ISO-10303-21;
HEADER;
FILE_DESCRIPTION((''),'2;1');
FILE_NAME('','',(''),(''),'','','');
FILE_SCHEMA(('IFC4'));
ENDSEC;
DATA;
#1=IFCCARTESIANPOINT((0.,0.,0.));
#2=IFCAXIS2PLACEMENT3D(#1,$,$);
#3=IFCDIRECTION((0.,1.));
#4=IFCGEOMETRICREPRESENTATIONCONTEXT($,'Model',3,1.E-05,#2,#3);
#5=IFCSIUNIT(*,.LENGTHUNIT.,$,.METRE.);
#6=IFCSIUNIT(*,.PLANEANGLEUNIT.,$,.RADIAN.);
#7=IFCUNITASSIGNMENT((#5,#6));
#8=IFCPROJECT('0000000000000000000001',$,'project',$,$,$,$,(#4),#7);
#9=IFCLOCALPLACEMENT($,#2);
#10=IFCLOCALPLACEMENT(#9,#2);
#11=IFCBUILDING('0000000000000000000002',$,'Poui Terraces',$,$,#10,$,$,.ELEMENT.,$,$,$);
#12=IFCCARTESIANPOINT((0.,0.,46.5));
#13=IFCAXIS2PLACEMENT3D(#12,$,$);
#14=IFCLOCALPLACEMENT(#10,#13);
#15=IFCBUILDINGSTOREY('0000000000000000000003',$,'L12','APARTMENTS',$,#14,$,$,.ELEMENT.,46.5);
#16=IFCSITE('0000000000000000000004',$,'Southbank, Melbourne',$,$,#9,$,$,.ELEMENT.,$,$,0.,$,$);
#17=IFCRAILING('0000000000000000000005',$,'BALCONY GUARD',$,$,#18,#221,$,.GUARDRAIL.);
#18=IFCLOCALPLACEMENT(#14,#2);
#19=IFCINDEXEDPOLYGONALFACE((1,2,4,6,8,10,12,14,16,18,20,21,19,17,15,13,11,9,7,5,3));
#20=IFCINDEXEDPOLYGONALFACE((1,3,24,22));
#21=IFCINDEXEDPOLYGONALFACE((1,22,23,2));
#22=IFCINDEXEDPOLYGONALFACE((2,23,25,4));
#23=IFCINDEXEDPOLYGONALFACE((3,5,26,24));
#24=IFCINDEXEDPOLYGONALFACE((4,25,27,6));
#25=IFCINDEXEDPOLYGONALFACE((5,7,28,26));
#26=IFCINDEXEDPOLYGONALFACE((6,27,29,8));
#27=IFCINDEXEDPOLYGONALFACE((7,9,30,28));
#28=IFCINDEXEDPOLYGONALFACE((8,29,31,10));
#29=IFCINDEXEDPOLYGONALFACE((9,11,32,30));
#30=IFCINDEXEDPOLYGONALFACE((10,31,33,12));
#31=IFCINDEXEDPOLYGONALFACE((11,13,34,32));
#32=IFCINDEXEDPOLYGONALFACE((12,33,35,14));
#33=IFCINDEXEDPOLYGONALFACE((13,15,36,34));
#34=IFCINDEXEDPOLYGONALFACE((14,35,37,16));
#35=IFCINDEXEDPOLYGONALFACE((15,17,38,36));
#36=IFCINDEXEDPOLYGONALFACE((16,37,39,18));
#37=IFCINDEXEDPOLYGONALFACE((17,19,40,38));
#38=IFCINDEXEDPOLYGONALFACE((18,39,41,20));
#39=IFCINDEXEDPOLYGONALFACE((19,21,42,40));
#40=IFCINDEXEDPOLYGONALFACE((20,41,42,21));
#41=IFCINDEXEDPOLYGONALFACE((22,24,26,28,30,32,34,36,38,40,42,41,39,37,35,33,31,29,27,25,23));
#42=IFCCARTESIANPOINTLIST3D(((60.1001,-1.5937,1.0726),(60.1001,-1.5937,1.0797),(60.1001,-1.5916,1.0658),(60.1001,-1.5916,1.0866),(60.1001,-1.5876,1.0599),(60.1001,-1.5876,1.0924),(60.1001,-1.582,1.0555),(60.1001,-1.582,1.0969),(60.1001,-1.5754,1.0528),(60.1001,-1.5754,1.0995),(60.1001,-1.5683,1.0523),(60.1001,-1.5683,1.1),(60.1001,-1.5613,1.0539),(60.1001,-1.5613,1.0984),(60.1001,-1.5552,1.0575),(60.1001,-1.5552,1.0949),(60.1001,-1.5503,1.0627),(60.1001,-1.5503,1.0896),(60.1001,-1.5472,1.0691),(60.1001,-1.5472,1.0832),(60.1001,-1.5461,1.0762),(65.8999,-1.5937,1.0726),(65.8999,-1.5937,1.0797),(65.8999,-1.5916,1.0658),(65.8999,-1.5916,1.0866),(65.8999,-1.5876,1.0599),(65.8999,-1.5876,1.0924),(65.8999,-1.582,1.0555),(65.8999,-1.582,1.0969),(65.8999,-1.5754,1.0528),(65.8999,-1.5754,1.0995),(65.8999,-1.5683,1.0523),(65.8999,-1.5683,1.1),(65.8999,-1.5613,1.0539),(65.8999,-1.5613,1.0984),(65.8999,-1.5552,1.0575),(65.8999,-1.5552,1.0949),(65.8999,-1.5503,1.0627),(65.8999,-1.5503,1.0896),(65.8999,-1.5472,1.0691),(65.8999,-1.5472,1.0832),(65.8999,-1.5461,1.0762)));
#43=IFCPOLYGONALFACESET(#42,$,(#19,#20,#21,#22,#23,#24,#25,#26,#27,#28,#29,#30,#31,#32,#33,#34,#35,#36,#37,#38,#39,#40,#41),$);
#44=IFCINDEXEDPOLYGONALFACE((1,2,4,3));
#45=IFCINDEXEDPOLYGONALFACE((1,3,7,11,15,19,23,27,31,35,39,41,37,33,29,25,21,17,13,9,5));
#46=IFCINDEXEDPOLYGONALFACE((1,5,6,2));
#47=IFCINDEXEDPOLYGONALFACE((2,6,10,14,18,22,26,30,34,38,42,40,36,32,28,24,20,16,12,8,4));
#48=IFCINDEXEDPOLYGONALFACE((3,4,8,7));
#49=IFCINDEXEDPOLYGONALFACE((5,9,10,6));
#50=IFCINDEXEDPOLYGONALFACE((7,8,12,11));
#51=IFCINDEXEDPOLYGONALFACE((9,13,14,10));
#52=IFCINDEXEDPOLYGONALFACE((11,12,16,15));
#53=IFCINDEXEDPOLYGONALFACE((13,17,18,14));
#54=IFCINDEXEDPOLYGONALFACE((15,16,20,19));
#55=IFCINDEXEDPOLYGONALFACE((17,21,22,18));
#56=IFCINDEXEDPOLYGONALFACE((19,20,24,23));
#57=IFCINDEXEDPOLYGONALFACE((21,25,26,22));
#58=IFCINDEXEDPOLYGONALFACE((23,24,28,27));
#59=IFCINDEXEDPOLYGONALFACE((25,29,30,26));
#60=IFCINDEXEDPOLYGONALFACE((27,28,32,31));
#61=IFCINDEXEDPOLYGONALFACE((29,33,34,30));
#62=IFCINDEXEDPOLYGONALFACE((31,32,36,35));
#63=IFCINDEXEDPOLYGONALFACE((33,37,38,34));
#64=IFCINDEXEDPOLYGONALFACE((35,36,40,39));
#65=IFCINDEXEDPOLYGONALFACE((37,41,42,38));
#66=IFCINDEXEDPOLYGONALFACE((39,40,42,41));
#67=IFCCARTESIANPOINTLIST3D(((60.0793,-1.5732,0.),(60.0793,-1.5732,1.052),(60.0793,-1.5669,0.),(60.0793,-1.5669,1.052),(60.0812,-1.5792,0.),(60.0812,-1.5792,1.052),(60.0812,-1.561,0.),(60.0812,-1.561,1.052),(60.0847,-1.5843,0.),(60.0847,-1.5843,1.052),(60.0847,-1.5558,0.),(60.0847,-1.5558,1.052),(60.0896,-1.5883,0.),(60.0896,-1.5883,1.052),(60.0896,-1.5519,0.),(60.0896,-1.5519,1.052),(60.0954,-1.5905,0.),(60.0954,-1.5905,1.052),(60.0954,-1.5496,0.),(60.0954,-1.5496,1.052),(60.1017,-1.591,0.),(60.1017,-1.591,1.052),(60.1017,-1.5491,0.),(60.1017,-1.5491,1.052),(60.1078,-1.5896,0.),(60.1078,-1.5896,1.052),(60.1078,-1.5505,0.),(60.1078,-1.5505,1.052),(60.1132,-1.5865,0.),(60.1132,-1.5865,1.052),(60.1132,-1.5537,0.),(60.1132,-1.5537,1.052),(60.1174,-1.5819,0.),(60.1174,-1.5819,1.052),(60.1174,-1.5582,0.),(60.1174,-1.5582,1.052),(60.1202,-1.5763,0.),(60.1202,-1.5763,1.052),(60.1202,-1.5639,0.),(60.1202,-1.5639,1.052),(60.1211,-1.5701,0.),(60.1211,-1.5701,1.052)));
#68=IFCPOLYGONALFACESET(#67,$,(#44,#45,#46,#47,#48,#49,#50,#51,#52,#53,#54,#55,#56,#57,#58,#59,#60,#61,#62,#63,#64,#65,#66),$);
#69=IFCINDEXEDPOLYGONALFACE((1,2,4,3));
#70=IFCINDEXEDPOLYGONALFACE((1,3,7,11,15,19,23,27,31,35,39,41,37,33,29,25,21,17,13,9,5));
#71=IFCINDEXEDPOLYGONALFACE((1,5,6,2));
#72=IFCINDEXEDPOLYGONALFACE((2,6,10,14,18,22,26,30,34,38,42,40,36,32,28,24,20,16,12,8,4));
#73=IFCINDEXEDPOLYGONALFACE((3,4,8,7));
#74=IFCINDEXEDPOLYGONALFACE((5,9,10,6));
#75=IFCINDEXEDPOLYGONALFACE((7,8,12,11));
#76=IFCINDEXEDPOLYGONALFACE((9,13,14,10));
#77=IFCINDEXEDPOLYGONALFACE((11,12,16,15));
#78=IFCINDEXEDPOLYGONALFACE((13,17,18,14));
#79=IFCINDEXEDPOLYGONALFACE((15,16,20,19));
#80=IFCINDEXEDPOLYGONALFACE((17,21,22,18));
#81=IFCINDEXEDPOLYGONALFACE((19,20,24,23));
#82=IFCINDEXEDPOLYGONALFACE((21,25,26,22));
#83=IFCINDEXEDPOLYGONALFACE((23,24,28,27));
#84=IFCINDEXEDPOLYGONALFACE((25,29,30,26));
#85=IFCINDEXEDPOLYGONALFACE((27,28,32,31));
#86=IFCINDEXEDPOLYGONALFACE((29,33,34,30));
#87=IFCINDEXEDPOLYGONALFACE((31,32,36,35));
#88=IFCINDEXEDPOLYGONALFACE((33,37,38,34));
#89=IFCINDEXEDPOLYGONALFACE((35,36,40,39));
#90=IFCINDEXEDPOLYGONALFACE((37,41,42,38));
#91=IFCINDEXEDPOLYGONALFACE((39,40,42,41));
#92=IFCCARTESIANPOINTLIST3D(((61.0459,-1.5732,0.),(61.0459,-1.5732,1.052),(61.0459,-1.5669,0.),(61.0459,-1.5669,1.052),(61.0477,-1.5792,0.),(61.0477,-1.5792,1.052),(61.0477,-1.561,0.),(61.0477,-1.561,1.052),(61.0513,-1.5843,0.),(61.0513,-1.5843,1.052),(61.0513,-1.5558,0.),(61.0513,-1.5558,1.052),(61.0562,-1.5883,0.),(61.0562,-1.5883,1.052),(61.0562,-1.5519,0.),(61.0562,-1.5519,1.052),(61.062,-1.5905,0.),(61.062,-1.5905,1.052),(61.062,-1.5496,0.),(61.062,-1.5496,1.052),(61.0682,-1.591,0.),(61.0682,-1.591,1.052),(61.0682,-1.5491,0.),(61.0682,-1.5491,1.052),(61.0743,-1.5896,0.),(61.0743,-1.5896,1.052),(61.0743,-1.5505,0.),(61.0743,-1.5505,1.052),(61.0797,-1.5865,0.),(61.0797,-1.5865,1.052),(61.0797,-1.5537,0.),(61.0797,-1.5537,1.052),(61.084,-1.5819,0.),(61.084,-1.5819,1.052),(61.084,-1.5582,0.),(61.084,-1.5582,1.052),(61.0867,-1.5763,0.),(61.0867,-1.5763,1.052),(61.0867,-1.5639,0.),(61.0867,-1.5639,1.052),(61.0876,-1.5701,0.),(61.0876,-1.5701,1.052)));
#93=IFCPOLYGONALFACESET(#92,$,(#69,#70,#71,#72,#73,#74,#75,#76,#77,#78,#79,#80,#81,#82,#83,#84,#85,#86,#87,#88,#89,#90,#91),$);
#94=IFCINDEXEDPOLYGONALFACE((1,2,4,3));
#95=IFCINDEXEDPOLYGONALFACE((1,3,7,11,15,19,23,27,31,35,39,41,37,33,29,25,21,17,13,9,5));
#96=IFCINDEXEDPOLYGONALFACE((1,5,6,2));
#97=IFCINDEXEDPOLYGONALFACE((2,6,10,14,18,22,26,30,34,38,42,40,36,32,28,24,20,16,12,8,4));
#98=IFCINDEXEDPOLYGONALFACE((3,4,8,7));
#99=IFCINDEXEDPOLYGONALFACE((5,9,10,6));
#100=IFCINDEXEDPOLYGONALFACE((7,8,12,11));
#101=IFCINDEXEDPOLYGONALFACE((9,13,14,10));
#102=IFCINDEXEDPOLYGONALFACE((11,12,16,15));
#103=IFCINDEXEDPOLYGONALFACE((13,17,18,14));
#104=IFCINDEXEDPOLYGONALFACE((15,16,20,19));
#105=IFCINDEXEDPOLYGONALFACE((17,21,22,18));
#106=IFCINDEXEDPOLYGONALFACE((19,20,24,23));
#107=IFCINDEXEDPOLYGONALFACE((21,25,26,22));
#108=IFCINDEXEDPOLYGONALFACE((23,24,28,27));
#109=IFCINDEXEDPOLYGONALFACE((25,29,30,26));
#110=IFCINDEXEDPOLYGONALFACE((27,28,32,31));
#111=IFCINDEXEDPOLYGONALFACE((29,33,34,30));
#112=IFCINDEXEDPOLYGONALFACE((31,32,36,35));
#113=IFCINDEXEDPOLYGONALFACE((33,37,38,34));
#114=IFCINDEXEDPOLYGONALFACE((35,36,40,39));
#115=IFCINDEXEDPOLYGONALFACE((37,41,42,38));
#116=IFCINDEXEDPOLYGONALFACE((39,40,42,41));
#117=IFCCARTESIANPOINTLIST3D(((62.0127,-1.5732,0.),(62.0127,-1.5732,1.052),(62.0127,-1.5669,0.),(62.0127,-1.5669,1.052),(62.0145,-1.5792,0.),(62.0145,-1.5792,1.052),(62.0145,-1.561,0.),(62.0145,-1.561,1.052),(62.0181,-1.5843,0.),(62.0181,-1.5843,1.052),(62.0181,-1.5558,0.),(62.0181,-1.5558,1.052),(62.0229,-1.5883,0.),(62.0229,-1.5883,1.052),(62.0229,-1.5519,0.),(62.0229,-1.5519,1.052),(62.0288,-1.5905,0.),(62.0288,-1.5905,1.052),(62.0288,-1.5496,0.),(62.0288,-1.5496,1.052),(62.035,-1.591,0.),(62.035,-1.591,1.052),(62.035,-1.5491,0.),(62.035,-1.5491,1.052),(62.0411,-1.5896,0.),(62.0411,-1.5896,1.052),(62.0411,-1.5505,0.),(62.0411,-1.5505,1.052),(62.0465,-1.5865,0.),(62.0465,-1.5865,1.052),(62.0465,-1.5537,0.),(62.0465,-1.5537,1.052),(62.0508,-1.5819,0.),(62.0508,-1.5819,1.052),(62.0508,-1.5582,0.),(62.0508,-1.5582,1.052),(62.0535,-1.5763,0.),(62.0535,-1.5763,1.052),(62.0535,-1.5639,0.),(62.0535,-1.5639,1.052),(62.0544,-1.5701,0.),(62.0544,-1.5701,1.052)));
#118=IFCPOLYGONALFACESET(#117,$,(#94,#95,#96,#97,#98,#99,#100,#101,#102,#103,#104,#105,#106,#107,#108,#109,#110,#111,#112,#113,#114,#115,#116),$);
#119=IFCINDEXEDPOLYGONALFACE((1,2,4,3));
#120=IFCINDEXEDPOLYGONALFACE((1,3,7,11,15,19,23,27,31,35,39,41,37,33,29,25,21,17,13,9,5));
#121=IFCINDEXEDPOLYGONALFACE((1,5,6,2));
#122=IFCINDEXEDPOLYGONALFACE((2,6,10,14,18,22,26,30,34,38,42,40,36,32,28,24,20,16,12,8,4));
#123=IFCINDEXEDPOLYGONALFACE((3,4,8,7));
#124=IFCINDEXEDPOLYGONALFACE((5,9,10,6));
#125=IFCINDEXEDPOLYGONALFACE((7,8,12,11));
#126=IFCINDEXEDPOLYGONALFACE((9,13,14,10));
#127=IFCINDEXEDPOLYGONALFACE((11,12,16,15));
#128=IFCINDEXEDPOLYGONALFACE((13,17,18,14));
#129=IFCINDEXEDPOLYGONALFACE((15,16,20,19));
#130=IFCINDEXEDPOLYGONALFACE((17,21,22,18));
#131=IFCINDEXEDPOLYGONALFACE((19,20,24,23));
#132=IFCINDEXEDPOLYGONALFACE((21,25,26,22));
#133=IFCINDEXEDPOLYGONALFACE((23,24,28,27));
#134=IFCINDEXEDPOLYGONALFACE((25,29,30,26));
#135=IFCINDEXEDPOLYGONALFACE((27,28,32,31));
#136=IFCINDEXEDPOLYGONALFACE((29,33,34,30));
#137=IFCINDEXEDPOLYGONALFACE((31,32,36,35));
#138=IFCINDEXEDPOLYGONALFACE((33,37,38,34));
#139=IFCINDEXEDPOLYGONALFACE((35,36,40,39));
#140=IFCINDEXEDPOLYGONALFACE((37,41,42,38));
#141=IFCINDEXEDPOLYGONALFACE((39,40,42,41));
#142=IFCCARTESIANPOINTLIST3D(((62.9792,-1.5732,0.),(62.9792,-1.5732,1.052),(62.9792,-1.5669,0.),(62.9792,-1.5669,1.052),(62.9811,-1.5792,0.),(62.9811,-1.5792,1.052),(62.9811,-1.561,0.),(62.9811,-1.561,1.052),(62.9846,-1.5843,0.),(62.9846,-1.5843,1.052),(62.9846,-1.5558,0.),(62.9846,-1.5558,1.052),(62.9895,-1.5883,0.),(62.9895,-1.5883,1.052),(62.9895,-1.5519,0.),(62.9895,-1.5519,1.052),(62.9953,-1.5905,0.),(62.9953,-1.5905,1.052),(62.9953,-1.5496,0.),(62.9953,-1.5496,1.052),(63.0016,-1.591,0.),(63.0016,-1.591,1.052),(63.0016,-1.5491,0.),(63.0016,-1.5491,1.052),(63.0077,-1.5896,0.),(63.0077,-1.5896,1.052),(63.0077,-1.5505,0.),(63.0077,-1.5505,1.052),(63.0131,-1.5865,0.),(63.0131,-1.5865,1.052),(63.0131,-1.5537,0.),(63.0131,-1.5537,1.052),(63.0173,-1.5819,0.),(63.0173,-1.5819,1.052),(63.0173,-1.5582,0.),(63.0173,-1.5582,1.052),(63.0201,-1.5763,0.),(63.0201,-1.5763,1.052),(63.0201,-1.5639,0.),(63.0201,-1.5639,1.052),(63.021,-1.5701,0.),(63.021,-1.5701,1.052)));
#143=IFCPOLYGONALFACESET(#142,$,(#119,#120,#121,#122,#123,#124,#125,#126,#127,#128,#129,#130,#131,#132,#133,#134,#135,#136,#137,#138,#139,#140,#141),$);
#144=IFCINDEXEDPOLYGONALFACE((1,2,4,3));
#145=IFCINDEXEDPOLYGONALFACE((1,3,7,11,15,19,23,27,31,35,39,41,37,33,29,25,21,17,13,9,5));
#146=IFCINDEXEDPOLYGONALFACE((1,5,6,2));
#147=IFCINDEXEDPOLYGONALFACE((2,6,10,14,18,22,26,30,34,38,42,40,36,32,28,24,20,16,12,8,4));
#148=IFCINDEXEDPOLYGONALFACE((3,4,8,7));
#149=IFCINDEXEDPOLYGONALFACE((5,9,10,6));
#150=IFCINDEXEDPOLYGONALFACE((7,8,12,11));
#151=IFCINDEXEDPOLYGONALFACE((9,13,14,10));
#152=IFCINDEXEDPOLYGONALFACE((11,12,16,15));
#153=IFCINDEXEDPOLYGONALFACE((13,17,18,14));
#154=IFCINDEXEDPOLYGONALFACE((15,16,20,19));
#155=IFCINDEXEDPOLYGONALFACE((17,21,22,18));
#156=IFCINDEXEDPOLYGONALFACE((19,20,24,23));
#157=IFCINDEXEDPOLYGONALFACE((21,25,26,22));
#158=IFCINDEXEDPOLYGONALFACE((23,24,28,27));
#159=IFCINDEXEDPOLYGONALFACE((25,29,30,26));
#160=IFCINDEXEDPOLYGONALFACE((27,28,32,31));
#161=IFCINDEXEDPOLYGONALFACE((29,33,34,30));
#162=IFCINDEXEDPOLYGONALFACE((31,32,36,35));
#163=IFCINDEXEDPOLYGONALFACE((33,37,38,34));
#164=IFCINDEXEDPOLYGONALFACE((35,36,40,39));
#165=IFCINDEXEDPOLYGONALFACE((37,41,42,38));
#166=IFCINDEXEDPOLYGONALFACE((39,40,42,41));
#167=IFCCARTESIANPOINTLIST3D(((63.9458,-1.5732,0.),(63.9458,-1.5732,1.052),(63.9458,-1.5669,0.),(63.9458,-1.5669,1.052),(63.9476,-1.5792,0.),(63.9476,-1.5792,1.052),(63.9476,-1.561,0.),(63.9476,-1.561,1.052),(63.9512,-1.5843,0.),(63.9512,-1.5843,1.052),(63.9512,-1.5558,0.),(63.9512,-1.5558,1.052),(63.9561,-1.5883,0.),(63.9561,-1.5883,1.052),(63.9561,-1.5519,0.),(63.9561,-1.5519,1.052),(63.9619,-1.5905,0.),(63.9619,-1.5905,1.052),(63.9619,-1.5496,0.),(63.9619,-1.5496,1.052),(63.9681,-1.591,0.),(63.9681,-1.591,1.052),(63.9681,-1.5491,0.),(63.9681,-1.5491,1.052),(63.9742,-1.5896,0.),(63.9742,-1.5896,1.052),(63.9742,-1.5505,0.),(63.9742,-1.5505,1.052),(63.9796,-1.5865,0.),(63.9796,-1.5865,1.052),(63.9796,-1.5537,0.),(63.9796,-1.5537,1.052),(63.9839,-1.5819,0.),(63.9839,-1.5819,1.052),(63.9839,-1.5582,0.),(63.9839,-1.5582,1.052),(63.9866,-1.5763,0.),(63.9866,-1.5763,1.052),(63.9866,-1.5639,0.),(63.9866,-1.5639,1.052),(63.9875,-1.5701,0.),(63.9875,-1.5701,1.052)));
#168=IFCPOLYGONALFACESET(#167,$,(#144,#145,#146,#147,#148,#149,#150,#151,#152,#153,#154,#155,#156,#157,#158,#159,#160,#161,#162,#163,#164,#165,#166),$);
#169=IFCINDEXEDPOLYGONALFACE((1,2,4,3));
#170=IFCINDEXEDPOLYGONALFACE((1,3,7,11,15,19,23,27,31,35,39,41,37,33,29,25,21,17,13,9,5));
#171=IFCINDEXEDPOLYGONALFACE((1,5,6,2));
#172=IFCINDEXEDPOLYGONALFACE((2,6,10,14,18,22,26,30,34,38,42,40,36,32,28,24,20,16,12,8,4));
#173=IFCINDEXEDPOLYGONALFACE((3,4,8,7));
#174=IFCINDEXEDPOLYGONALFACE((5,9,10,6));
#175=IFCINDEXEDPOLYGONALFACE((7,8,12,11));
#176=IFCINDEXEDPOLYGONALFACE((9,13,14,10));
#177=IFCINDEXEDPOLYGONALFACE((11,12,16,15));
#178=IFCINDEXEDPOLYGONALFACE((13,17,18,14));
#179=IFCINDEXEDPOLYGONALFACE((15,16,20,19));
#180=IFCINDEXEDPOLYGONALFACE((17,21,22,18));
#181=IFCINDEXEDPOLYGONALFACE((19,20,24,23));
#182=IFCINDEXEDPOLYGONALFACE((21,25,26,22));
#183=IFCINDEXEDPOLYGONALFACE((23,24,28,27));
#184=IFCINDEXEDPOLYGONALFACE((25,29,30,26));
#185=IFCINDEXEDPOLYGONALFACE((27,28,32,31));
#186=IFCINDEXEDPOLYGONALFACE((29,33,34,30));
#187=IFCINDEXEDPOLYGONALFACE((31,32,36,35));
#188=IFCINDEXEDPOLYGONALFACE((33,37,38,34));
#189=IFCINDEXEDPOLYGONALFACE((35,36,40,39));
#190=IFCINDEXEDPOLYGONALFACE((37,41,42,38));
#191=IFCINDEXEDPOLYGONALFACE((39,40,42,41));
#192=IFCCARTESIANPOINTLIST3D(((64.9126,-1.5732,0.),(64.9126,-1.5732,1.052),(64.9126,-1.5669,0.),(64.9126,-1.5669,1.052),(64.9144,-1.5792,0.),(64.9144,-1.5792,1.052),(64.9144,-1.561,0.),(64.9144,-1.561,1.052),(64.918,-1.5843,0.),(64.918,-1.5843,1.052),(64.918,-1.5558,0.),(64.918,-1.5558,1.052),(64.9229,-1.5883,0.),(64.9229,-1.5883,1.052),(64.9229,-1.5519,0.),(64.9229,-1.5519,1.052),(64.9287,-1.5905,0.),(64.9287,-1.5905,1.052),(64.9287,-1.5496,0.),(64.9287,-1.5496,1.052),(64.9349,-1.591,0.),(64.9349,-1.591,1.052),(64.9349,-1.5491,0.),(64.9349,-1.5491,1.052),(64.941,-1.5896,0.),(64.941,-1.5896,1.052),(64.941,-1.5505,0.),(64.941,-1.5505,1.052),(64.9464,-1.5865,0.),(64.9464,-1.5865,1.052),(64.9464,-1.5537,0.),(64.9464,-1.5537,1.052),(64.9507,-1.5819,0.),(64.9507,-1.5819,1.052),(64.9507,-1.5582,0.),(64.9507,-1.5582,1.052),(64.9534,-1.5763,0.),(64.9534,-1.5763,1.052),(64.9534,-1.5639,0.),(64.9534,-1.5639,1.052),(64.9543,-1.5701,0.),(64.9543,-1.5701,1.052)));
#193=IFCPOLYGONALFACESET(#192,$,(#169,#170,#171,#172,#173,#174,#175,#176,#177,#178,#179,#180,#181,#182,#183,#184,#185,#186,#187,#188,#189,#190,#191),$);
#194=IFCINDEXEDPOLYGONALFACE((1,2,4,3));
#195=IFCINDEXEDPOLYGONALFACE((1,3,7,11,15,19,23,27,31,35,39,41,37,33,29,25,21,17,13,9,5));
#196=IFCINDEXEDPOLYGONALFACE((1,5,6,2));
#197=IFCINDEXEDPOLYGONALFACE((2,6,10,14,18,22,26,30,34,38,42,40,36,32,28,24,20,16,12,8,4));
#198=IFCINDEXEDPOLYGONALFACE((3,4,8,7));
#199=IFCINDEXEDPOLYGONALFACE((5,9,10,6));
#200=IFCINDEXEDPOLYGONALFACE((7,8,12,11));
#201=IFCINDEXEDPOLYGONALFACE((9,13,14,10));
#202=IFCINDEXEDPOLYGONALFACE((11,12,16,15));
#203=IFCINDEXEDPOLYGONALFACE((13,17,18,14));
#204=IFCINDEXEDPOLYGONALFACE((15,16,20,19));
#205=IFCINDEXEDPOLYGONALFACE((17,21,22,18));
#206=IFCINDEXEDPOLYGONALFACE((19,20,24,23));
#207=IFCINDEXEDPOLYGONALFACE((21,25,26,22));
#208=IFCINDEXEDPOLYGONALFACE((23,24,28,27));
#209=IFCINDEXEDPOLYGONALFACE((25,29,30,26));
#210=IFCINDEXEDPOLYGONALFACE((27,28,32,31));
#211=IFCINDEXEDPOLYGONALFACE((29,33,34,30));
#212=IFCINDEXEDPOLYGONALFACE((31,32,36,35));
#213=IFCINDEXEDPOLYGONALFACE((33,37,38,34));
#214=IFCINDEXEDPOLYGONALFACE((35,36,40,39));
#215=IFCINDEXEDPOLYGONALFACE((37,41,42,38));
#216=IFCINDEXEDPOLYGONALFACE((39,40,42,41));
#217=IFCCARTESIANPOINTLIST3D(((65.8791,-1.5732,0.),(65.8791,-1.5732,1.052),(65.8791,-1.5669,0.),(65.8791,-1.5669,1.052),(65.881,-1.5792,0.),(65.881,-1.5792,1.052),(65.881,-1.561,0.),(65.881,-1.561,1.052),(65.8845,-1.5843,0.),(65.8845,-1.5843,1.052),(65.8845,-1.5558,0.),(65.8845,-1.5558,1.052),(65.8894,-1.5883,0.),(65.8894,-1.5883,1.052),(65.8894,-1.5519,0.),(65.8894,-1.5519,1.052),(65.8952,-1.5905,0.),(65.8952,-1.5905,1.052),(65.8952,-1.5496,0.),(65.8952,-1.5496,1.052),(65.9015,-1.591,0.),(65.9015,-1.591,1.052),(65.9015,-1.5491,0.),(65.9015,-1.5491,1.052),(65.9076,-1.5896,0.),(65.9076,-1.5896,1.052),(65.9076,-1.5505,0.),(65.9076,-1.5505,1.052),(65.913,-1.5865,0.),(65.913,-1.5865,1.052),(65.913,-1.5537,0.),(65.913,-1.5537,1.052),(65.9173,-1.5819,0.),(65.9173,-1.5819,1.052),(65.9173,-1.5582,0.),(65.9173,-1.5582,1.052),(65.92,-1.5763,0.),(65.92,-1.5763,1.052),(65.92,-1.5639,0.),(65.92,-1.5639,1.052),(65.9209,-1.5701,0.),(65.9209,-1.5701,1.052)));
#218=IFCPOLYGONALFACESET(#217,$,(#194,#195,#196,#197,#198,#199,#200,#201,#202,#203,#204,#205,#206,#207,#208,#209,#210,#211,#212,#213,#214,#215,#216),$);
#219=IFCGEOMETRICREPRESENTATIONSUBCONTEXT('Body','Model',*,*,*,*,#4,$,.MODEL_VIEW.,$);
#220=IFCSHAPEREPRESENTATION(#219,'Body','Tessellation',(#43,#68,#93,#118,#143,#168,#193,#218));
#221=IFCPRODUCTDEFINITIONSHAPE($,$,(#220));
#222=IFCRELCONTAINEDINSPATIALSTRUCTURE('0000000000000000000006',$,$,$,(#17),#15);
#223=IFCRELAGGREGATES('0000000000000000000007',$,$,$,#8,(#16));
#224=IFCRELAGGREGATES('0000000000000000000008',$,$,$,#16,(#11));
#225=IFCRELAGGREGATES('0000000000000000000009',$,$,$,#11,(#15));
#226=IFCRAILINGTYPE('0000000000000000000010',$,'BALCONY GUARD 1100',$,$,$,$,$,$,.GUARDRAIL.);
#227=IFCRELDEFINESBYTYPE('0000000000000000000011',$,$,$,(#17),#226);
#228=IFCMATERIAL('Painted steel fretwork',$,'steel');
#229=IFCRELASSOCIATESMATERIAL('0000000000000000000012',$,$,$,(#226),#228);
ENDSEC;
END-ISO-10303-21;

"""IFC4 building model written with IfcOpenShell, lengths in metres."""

from ifc_helpers import new_model, si_unit, direction, frame, origin, origin_2d, place, context, subcontext, project, spatial, circle, extrude, material, type_object, element, save


model = new_model("IFC4")

# Units and contexts
model_context = context("Model", 3, precision=1e-05, world=origin(), true_north=direction((0.0, 1.0)))
body_context = subcontext(model_context, "Body", "Model", "MODEL_VIEW")
ifc_project = project(units=[si_unit("LENGTHUNIT", "METRE"), si_unit("PLANEANGLEUNIT", "RADIAN")], contexts=[model_context])

# Site, building, storey
site_placement = place(None, origin())
site = spatial("IfcSite", under=ifc_project, at=site_placement, Name="Southbank, Melbourne", CompositionType="ELEMENT", RefElevation=0.0)
building_placement = place(site_placement, origin())
building = spatial("IfcBuilding", under=site, at=building_placement, Name="Poui Terraces", CompositionType="ELEMENT")
storey_placement = place(building_placement, frame((0.0, 0.0, 46.5)))
storey = spatial("IfcBuildingStorey", under=building, at=storey_placement, Name="L12", Description="APARTMENTS", CompositionType="ELEMENT", Elevation=46.5)

# Railing
ifc_material_1 = material(Name="Painted steel fretwork", Category="steel")
railing_type = type_object("IfcRailingType", Name="BALCONY GUARD 1100", PredefinedType="GUARDRAIL", material=ifc_material_1)
railing_placement = place(storey_placement, frame((60.1001, -1.5701, 0.0)))
element("IfcRailing", 1, at=railing_placement, inside=storey, type_object=railing_type, Name="BALCONY GUARD", PredefinedType="GUARDRAIL", context=body_context, shape_type="SweptSolid", body=[
    extrude(circle(Radius=0.0239, at=origin_2d()), frame((0.0, 0.0, 1.0762), z_axis=(1.0, 0.0, 0.0), x_axis=(0.0, 1.0, 0.0)), (0.0, 0.0, 1.0), 5.7998),
    extrude(circle(Radius=0.021, at=origin_2d()), origin(), (0.0, 0.0, 1.0), 1.052),
    extrude(circle(Radius=0.021, at=origin_2d()), frame((0.9666, 0.0, 0.0)), (0.0, 0.0, 1.0), 1.052),
    extrude(circle(Radius=0.021, at=origin_2d()), frame((1.9333, 0.0, 0.0)), (0.0, 0.0, 1.0), 1.052),
    extrude(circle(Radius=0.021, at=origin_2d()), frame((2.8999, 0.0, 0.0)), (0.0, 0.0, 1.0), 1.052),
    extrude(circle(Radius=0.021, at=origin_2d()), frame((3.8665, 0.0, 0.0)), (0.0, 0.0, 1.0), 1.052),
    extrude(circle(Radius=0.021, at=origin_2d()), frame((4.8333, 0.0, 0.0)), (0.0, 0.0, 1.0), 1.052),
    extrude(circle(Radius=0.021, at=origin_2d()), frame((5.7998, 0.0, 0.0)), (0.0, 0.0, 1.0), 1.052),
])

save(model, "model.ifc")
